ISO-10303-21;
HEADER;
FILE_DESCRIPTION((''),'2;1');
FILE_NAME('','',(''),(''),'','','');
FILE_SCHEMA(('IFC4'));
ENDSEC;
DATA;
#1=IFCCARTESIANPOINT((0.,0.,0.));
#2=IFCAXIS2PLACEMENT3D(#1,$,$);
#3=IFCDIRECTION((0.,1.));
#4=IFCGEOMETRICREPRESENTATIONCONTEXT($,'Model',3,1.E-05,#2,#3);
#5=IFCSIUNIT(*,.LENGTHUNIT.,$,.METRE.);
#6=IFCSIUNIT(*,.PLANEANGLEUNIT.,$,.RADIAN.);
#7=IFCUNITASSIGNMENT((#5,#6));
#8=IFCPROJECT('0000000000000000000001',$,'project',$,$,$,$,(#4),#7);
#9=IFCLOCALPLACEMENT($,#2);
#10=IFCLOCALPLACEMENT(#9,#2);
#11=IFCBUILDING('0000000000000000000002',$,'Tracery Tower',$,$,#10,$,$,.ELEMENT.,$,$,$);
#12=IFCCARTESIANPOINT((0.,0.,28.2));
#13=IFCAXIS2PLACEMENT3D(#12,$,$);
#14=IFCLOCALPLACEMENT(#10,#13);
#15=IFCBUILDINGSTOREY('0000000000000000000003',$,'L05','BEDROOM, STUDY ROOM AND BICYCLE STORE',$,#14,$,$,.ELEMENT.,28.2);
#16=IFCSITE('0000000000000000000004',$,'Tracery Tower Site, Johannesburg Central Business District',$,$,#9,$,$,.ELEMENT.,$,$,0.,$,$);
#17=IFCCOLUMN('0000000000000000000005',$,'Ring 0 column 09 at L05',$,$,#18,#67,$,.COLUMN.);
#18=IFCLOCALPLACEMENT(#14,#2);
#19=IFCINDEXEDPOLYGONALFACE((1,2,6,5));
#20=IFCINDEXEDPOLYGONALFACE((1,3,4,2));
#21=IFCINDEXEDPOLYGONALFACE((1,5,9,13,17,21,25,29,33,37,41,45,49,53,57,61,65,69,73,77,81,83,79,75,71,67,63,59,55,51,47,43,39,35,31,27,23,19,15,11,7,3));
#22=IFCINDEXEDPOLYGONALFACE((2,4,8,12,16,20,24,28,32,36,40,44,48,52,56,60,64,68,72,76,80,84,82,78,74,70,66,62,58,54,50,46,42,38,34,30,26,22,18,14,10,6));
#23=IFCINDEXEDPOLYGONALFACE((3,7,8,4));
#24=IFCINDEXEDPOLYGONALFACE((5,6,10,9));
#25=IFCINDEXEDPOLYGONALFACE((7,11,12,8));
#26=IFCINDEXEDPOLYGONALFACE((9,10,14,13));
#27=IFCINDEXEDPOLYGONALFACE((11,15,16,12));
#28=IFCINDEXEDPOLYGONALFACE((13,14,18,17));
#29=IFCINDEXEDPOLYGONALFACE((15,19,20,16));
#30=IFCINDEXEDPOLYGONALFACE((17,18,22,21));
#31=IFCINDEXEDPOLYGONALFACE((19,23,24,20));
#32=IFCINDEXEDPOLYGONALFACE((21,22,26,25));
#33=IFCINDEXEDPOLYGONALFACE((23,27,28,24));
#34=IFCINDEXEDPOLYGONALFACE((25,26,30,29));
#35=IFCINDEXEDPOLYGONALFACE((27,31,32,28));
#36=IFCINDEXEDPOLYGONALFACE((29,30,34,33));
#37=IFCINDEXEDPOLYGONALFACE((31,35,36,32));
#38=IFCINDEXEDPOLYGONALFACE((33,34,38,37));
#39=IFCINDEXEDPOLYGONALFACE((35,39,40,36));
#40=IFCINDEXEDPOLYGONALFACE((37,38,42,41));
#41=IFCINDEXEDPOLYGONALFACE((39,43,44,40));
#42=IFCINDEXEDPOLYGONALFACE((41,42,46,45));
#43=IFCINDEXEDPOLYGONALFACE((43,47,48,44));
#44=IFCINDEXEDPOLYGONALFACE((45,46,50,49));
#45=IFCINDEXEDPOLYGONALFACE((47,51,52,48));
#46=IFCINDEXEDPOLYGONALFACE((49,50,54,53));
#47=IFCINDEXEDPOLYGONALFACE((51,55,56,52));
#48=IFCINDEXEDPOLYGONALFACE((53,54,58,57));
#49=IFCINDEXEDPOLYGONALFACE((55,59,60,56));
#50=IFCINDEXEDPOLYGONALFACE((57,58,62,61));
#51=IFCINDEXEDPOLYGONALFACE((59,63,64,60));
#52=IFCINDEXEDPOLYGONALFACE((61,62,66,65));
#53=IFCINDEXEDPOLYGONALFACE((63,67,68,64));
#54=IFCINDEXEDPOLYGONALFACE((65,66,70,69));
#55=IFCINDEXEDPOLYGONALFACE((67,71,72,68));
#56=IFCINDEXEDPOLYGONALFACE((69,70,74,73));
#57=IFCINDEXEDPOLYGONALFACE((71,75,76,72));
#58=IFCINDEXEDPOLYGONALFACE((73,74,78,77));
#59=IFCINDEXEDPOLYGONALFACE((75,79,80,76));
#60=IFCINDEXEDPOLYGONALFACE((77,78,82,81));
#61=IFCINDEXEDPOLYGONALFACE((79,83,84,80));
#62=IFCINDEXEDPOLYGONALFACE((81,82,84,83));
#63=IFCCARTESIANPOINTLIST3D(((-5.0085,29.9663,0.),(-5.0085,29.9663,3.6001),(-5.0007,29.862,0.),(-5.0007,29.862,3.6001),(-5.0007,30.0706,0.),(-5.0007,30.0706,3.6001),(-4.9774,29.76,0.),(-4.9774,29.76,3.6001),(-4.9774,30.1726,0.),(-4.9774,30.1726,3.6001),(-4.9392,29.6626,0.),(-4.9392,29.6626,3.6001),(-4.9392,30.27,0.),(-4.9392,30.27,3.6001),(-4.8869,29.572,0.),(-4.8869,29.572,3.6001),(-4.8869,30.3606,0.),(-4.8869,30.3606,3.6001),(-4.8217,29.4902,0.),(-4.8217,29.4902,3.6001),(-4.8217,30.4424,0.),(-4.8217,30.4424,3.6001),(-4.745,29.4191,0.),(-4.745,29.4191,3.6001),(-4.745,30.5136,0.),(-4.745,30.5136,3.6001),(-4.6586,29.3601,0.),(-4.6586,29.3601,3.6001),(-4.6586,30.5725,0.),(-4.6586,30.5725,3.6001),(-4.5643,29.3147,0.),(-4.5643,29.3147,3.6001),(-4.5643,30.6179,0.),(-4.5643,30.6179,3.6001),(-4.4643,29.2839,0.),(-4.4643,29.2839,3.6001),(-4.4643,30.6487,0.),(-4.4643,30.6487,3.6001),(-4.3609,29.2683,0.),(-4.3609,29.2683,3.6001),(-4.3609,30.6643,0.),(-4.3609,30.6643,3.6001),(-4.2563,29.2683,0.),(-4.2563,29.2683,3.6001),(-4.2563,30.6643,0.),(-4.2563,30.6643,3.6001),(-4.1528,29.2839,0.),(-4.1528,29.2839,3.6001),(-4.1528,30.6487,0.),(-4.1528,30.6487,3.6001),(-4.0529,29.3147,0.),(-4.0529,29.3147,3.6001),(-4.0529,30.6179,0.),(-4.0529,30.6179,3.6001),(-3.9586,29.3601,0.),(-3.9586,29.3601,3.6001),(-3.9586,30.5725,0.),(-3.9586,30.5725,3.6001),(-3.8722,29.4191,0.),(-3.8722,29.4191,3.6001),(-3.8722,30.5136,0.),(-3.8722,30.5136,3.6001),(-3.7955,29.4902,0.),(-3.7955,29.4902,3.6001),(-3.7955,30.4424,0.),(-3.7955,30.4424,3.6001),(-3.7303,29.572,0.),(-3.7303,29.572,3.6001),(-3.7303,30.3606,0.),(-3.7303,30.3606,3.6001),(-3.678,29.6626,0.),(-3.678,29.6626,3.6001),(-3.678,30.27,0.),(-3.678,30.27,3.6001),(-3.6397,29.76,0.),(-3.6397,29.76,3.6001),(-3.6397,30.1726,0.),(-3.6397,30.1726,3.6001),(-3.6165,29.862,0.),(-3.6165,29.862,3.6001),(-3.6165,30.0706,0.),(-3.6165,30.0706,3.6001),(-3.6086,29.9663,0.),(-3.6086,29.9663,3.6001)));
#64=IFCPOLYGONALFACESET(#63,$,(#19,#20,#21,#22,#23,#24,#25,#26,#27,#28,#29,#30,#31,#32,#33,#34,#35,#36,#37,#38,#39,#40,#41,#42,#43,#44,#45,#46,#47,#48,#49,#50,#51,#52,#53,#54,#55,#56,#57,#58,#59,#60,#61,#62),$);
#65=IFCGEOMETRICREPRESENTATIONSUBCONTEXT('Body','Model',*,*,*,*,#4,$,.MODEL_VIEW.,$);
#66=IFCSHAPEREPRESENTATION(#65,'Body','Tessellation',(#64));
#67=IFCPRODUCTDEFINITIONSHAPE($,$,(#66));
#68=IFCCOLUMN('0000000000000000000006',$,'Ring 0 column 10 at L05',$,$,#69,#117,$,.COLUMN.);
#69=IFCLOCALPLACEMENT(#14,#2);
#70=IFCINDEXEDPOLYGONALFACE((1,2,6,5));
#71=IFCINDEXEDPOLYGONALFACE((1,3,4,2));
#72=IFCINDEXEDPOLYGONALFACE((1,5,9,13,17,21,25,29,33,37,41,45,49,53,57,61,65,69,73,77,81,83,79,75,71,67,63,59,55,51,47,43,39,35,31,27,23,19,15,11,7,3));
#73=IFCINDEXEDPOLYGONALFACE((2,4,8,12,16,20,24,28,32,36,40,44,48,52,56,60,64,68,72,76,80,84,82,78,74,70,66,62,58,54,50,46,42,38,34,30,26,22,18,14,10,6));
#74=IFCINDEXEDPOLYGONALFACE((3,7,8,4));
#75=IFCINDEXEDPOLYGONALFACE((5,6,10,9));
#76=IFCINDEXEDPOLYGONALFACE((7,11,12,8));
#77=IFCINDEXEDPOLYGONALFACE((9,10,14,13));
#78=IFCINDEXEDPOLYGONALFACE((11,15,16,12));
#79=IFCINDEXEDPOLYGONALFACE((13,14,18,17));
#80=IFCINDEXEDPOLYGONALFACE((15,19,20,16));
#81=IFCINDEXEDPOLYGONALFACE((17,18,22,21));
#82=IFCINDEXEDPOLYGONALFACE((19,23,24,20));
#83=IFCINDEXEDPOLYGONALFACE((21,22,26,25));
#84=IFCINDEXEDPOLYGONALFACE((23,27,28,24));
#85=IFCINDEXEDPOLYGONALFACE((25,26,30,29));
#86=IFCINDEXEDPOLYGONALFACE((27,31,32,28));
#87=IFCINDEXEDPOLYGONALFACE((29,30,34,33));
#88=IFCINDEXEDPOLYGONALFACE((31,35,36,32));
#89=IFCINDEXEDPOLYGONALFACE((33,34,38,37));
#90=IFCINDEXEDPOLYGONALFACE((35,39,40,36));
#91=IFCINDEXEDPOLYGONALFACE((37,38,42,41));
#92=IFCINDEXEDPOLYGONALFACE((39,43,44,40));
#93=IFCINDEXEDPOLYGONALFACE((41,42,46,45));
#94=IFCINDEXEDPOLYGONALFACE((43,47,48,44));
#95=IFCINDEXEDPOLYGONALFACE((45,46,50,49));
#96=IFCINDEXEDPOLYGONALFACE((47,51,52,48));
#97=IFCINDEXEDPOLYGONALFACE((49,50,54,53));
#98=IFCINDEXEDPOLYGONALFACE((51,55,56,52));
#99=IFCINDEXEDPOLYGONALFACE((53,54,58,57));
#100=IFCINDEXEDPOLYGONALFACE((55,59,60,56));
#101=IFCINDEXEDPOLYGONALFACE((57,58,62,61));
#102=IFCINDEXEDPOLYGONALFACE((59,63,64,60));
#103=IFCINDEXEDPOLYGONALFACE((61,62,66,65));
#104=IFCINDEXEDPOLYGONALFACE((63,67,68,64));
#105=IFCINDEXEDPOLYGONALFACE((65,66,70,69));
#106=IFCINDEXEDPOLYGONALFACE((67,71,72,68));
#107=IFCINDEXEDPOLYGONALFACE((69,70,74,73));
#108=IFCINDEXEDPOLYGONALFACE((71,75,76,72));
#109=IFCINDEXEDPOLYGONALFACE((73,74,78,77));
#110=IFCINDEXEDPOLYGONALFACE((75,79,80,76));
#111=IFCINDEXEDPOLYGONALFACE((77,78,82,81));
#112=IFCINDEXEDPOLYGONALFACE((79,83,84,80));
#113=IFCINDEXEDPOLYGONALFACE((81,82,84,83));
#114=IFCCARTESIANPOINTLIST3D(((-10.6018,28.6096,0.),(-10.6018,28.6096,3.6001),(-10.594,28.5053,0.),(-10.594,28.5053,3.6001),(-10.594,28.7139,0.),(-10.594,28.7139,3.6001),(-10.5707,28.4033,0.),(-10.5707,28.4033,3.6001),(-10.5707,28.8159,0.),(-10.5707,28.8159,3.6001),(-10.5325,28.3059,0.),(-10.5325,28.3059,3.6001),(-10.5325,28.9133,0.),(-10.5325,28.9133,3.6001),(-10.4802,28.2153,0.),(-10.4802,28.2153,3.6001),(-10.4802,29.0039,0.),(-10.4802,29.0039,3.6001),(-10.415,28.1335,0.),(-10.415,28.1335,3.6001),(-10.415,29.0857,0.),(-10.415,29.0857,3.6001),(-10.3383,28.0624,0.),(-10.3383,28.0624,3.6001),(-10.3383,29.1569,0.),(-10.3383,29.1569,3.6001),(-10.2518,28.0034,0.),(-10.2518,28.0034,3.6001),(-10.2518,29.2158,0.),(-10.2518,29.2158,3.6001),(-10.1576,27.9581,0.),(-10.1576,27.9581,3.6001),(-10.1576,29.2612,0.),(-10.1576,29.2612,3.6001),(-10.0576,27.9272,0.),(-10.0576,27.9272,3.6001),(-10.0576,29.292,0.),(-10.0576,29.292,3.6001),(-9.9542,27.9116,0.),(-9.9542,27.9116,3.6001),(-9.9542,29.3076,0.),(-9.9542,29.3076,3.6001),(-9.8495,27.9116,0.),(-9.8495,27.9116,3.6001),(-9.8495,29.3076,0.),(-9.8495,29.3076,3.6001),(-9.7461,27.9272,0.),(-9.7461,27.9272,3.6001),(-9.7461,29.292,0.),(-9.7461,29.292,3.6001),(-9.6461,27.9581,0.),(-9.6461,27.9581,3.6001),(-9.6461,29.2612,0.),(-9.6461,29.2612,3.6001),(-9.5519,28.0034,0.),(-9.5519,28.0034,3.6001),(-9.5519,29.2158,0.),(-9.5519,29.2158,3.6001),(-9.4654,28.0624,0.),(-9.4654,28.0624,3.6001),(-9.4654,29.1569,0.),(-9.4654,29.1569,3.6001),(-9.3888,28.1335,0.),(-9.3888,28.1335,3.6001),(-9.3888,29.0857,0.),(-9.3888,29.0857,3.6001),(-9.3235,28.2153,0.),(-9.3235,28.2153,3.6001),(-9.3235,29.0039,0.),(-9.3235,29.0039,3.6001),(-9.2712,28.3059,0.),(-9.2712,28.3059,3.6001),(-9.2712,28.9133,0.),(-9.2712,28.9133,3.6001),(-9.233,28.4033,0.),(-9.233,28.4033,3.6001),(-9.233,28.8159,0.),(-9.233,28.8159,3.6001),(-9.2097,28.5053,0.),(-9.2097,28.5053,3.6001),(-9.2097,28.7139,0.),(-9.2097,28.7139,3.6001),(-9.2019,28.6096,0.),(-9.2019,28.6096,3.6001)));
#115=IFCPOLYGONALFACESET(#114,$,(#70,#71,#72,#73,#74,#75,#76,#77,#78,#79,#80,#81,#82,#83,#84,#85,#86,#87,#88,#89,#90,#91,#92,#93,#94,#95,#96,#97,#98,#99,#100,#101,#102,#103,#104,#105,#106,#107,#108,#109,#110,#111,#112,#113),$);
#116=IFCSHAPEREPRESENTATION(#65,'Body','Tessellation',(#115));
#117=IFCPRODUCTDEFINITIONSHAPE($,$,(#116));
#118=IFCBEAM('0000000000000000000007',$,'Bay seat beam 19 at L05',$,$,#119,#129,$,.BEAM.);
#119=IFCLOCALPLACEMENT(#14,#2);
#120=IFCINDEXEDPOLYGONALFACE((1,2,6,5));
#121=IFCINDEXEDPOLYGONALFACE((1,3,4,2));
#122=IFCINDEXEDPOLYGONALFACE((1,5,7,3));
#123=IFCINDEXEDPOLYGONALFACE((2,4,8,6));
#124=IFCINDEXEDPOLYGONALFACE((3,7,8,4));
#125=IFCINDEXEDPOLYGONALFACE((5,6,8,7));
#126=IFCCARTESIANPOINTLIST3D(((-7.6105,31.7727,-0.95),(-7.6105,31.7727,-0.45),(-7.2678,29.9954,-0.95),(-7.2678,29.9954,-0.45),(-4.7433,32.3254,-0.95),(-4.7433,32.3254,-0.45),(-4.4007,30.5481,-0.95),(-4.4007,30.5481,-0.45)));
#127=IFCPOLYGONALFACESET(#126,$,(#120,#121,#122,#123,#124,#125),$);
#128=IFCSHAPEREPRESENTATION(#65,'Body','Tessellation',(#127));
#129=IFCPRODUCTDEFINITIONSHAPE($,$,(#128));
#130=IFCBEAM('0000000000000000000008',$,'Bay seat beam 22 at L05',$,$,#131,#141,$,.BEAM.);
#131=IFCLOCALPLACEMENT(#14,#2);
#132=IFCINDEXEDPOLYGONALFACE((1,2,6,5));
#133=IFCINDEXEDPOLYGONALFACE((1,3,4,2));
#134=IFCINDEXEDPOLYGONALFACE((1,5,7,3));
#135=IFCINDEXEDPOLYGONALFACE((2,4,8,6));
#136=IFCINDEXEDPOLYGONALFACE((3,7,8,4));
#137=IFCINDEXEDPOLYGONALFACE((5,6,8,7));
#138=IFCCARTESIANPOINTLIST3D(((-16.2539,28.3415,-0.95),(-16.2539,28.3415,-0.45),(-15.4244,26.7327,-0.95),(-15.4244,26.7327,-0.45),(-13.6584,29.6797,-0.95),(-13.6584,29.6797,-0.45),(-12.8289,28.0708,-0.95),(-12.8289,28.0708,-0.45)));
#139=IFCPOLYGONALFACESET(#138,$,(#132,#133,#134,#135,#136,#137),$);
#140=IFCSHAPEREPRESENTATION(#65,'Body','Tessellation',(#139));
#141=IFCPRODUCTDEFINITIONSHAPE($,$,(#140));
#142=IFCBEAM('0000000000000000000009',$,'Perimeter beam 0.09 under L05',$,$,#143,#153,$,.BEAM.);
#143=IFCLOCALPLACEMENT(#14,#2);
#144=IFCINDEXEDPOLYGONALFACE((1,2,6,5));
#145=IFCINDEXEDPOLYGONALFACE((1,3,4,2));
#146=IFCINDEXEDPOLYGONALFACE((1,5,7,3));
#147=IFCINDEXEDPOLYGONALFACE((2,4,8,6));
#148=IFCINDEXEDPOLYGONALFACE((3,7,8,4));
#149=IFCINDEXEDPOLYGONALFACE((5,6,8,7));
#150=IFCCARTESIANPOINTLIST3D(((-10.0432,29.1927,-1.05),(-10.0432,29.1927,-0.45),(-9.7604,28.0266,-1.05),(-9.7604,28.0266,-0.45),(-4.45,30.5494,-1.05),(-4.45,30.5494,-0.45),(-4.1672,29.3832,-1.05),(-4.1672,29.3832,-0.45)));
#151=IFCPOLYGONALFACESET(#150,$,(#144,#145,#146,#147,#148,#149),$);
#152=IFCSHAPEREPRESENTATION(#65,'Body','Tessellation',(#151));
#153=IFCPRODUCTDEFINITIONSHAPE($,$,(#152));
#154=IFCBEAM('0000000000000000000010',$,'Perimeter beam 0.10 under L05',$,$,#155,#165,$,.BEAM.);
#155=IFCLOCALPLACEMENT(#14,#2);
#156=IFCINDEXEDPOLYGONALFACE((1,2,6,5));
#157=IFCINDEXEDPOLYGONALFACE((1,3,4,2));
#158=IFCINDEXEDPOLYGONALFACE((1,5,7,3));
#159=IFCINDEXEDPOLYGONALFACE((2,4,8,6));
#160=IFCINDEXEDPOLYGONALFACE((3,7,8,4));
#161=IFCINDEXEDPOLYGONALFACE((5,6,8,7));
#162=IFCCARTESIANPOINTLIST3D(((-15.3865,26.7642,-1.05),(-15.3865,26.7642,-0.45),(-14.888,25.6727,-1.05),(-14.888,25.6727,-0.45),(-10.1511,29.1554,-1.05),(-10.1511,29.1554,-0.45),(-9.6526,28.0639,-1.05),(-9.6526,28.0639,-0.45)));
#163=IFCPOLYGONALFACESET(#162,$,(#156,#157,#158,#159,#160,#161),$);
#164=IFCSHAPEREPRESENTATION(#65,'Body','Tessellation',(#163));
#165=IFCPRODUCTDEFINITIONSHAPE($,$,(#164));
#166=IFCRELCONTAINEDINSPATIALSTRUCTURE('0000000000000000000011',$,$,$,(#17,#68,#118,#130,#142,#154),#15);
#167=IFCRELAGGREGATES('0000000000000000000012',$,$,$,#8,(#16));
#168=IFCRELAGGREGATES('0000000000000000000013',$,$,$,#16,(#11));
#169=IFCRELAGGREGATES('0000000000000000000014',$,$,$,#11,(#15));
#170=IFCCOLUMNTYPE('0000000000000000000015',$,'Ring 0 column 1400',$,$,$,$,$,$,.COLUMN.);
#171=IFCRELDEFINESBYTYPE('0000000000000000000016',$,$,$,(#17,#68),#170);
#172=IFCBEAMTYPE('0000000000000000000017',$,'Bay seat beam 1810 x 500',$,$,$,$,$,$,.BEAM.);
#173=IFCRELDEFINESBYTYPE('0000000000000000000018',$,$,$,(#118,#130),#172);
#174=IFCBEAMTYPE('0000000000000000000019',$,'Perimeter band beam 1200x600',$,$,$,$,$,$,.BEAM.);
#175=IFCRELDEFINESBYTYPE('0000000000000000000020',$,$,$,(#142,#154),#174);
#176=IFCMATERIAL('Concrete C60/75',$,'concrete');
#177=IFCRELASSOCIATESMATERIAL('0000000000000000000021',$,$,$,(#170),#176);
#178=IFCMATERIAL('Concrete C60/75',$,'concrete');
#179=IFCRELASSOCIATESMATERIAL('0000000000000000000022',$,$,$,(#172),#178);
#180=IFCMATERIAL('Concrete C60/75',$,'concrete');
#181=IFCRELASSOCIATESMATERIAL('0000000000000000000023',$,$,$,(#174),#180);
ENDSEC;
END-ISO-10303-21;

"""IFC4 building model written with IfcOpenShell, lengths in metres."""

from ifc_helpers import new_model, si_unit, direction, frame, origin, origin_2d, place, context, subcontext, project, spatial, rectangle, circle, extrude, material, material_profile, profile_set, type_object, element, save


model = new_model("IFC4")

# Units and contexts
model_context = context("Model", 3, precision=1e-05, world=origin(), true_north=direction((0.0, 1.0)))
body_context = subcontext(model_context, "Body", "Model", "MODEL_VIEW")
ifc_project = project(units=[si_unit("LENGTHUNIT", "METRE"), si_unit("PLANEANGLEUNIT", "RADIAN")], contexts=[model_context])

# Site, building, storey
site_placement = place(None, origin())
site = spatial("IfcSite", under=ifc_project, at=site_placement, Name="Tracery Tower Site, Johannesburg Central Business District", CompositionType="ELEMENT", RefElevation=0.0)
building_placement = place(site_placement, origin())
building = spatial("IfcBuilding", under=site, at=building_placement, Name="Tracery Tower", CompositionType="ELEMENT")
storey_placement = place(building_placement, frame((0.0, 0.0, 28.2)))
storey = spatial("IfcBuildingStorey", under=building, at=storey_placement, Name="L05", Description="BEDROOM, STUDY ROOM AND BICYCLE STORE", CompositionType="ELEMENT", Elevation=28.2)

# Columns
ifc_material_1 = material(Name="Concrete C60/75", Category="concrete")
ifc_material_profile_1 = material_profile(ifc_material_1, circle(Radius=0.7, at=origin_2d()), Name="RC D1400")
ifc_profile_set_1 = profile_set([ifc_material_profile_1], Name="Concrete C60/75")
column_type = type_object("IfcColumnType", Name="Ring 0 column 1400", PredefinedType="COLUMN", material=ifc_profile_set_1)
for number, where, z_axis, x_axis, name in (
    (1, (-4.3086, 29.9663, 0.0), (0.0, 0.0, 1.0), (1.0, 0.0, 0.0), "Ring 0 column 09 at L05"),
    (2, (-9.9019, 28.6096, 0.0), (0.0, 0.0, 1.0), (1.0, 0.0, 0.0), "Ring 0 column 10 at L05"),
):
    element("IfcColumn", number, at=place(storey_placement, frame(where, z_axis=z_axis, x_axis=x_axis)), inside=storey, type_object=column_type, Name=name, PredefinedType="COLUMN", context=body_context, shape_type="SweptSolid", body=[
        extrude(circle(Radius=0.7, at=origin_2d()), origin(), (0.0, 0.0, 1.0), 3.6001),
    ])

# Beams
ifc_material_2 = material(Name="Concrete C60/75", Category="concrete")
ifc_material_profile_2 = material_profile(ifc_material_2, rectangle(XDim=1.8101, YDim=0.5, at=origin_2d()), Name="RC 1810x500")
ifc_profile_set_2 = profile_set([ifc_material_profile_2], Name="Concrete C60/75")
beam_type_1 = type_object("IfcBeamType", Name="Bay seat beam 1810 x 500", PredefinedType="BEAM", material=ifc_profile_set_2)
beam_1_placement = place(storey_placement, frame((-4.572, 31.4368, -0.7), z_axis=(-0.98192, -0.189294, 0.0), x_axis=(0.189294, -0.98192, 0.0)))
element("IfcBeam", 3, at=beam_1_placement, inside=storey, type_object=beam_type_1, Name="Bay seat beam 19 at L05", PredefinedType="BEAM", context=body_context, shape_type="SweptSolid", body=[
    extrude(rectangle(XDim=1.8101, YDim=0.5, at=origin_2d()), origin(), (0.0, 0.0, 1.0), 2.9199),
])
beam_2_placement = place(storey_placement, frame((-13.2437, 28.8752, -0.7), z_axis=(-0.888824, -0.458249, 0.0), x_axis=(0.458249, -0.888824, 0.0)))
element("IfcBeam", 4, at=beam_2_placement, inside=storey, type_object=beam_type_1, Name="Bay seat beam 22 at L05", PredefinedType="BEAM", context=body_context, shape_type="SweptSolid", body=[
    extrude(rectangle(XDim=1.8101, YDim=0.5, at=origin_2d()), origin(), (0.0, 0.0, 1.0), 2.9202),
])
ifc_material_3 = material(Name="Concrete C60/75", Category="concrete")
ifc_material_profile_3 = material_profile(ifc_material_3, rectangle(XDim=1.2, YDim=0.6001, at=origin_2d()), Name="RC 1200x600")
ifc_profile_set_3 = profile_set([ifc_material_profile_3], Name="Concrete C60/75")
beam_type_2 = type_object("IfcBeamType", Name="Perimeter band beam 1200x600", PredefinedType="BEAM", material=ifc_profile_set_3)
beam_3_placement = place(storey_placement, frame((-4.3086, 29.9663, -0.75), z_axis=(-0.97182, -0.235723, 0.0), x_axis=(0.235723, -0.97182, 0.0)))
element("IfcBeam", 5, at=beam_3_placement, inside=storey, type_object=beam_type_2, Name="Perimeter beam 0.09 under L05", PredefinedType="BEAM", context=body_context, shape_type="SweptSolid", body=[
    extrude(rectangle(XDim=1.2, YDim=0.6001, at=origin_2d()), origin(), (0.0, 0.0, 1.0), 5.7554),
])
beam_4_placement = place(storey_placement, frame((-9.9019, 28.6096, -0.75), z_axis=(-0.909618, -0.415445, 0.0), x_axis=(0.415445, -0.909618, 0.0)))
element("IfcBeam", 6, at=beam_4_placement, inside=storey, type_object=beam_type_2, Name="Perimeter beam 0.10 under L05", PredefinedType="BEAM", context=body_context, shape_type="SweptSolid", body=[
    extrude(rectangle(XDim=1.2, YDim=0.6001, at=origin_2d()), origin(), (0.0, 0.0, 1.0), 5.7556),
])

save(model, "model.ifc")
